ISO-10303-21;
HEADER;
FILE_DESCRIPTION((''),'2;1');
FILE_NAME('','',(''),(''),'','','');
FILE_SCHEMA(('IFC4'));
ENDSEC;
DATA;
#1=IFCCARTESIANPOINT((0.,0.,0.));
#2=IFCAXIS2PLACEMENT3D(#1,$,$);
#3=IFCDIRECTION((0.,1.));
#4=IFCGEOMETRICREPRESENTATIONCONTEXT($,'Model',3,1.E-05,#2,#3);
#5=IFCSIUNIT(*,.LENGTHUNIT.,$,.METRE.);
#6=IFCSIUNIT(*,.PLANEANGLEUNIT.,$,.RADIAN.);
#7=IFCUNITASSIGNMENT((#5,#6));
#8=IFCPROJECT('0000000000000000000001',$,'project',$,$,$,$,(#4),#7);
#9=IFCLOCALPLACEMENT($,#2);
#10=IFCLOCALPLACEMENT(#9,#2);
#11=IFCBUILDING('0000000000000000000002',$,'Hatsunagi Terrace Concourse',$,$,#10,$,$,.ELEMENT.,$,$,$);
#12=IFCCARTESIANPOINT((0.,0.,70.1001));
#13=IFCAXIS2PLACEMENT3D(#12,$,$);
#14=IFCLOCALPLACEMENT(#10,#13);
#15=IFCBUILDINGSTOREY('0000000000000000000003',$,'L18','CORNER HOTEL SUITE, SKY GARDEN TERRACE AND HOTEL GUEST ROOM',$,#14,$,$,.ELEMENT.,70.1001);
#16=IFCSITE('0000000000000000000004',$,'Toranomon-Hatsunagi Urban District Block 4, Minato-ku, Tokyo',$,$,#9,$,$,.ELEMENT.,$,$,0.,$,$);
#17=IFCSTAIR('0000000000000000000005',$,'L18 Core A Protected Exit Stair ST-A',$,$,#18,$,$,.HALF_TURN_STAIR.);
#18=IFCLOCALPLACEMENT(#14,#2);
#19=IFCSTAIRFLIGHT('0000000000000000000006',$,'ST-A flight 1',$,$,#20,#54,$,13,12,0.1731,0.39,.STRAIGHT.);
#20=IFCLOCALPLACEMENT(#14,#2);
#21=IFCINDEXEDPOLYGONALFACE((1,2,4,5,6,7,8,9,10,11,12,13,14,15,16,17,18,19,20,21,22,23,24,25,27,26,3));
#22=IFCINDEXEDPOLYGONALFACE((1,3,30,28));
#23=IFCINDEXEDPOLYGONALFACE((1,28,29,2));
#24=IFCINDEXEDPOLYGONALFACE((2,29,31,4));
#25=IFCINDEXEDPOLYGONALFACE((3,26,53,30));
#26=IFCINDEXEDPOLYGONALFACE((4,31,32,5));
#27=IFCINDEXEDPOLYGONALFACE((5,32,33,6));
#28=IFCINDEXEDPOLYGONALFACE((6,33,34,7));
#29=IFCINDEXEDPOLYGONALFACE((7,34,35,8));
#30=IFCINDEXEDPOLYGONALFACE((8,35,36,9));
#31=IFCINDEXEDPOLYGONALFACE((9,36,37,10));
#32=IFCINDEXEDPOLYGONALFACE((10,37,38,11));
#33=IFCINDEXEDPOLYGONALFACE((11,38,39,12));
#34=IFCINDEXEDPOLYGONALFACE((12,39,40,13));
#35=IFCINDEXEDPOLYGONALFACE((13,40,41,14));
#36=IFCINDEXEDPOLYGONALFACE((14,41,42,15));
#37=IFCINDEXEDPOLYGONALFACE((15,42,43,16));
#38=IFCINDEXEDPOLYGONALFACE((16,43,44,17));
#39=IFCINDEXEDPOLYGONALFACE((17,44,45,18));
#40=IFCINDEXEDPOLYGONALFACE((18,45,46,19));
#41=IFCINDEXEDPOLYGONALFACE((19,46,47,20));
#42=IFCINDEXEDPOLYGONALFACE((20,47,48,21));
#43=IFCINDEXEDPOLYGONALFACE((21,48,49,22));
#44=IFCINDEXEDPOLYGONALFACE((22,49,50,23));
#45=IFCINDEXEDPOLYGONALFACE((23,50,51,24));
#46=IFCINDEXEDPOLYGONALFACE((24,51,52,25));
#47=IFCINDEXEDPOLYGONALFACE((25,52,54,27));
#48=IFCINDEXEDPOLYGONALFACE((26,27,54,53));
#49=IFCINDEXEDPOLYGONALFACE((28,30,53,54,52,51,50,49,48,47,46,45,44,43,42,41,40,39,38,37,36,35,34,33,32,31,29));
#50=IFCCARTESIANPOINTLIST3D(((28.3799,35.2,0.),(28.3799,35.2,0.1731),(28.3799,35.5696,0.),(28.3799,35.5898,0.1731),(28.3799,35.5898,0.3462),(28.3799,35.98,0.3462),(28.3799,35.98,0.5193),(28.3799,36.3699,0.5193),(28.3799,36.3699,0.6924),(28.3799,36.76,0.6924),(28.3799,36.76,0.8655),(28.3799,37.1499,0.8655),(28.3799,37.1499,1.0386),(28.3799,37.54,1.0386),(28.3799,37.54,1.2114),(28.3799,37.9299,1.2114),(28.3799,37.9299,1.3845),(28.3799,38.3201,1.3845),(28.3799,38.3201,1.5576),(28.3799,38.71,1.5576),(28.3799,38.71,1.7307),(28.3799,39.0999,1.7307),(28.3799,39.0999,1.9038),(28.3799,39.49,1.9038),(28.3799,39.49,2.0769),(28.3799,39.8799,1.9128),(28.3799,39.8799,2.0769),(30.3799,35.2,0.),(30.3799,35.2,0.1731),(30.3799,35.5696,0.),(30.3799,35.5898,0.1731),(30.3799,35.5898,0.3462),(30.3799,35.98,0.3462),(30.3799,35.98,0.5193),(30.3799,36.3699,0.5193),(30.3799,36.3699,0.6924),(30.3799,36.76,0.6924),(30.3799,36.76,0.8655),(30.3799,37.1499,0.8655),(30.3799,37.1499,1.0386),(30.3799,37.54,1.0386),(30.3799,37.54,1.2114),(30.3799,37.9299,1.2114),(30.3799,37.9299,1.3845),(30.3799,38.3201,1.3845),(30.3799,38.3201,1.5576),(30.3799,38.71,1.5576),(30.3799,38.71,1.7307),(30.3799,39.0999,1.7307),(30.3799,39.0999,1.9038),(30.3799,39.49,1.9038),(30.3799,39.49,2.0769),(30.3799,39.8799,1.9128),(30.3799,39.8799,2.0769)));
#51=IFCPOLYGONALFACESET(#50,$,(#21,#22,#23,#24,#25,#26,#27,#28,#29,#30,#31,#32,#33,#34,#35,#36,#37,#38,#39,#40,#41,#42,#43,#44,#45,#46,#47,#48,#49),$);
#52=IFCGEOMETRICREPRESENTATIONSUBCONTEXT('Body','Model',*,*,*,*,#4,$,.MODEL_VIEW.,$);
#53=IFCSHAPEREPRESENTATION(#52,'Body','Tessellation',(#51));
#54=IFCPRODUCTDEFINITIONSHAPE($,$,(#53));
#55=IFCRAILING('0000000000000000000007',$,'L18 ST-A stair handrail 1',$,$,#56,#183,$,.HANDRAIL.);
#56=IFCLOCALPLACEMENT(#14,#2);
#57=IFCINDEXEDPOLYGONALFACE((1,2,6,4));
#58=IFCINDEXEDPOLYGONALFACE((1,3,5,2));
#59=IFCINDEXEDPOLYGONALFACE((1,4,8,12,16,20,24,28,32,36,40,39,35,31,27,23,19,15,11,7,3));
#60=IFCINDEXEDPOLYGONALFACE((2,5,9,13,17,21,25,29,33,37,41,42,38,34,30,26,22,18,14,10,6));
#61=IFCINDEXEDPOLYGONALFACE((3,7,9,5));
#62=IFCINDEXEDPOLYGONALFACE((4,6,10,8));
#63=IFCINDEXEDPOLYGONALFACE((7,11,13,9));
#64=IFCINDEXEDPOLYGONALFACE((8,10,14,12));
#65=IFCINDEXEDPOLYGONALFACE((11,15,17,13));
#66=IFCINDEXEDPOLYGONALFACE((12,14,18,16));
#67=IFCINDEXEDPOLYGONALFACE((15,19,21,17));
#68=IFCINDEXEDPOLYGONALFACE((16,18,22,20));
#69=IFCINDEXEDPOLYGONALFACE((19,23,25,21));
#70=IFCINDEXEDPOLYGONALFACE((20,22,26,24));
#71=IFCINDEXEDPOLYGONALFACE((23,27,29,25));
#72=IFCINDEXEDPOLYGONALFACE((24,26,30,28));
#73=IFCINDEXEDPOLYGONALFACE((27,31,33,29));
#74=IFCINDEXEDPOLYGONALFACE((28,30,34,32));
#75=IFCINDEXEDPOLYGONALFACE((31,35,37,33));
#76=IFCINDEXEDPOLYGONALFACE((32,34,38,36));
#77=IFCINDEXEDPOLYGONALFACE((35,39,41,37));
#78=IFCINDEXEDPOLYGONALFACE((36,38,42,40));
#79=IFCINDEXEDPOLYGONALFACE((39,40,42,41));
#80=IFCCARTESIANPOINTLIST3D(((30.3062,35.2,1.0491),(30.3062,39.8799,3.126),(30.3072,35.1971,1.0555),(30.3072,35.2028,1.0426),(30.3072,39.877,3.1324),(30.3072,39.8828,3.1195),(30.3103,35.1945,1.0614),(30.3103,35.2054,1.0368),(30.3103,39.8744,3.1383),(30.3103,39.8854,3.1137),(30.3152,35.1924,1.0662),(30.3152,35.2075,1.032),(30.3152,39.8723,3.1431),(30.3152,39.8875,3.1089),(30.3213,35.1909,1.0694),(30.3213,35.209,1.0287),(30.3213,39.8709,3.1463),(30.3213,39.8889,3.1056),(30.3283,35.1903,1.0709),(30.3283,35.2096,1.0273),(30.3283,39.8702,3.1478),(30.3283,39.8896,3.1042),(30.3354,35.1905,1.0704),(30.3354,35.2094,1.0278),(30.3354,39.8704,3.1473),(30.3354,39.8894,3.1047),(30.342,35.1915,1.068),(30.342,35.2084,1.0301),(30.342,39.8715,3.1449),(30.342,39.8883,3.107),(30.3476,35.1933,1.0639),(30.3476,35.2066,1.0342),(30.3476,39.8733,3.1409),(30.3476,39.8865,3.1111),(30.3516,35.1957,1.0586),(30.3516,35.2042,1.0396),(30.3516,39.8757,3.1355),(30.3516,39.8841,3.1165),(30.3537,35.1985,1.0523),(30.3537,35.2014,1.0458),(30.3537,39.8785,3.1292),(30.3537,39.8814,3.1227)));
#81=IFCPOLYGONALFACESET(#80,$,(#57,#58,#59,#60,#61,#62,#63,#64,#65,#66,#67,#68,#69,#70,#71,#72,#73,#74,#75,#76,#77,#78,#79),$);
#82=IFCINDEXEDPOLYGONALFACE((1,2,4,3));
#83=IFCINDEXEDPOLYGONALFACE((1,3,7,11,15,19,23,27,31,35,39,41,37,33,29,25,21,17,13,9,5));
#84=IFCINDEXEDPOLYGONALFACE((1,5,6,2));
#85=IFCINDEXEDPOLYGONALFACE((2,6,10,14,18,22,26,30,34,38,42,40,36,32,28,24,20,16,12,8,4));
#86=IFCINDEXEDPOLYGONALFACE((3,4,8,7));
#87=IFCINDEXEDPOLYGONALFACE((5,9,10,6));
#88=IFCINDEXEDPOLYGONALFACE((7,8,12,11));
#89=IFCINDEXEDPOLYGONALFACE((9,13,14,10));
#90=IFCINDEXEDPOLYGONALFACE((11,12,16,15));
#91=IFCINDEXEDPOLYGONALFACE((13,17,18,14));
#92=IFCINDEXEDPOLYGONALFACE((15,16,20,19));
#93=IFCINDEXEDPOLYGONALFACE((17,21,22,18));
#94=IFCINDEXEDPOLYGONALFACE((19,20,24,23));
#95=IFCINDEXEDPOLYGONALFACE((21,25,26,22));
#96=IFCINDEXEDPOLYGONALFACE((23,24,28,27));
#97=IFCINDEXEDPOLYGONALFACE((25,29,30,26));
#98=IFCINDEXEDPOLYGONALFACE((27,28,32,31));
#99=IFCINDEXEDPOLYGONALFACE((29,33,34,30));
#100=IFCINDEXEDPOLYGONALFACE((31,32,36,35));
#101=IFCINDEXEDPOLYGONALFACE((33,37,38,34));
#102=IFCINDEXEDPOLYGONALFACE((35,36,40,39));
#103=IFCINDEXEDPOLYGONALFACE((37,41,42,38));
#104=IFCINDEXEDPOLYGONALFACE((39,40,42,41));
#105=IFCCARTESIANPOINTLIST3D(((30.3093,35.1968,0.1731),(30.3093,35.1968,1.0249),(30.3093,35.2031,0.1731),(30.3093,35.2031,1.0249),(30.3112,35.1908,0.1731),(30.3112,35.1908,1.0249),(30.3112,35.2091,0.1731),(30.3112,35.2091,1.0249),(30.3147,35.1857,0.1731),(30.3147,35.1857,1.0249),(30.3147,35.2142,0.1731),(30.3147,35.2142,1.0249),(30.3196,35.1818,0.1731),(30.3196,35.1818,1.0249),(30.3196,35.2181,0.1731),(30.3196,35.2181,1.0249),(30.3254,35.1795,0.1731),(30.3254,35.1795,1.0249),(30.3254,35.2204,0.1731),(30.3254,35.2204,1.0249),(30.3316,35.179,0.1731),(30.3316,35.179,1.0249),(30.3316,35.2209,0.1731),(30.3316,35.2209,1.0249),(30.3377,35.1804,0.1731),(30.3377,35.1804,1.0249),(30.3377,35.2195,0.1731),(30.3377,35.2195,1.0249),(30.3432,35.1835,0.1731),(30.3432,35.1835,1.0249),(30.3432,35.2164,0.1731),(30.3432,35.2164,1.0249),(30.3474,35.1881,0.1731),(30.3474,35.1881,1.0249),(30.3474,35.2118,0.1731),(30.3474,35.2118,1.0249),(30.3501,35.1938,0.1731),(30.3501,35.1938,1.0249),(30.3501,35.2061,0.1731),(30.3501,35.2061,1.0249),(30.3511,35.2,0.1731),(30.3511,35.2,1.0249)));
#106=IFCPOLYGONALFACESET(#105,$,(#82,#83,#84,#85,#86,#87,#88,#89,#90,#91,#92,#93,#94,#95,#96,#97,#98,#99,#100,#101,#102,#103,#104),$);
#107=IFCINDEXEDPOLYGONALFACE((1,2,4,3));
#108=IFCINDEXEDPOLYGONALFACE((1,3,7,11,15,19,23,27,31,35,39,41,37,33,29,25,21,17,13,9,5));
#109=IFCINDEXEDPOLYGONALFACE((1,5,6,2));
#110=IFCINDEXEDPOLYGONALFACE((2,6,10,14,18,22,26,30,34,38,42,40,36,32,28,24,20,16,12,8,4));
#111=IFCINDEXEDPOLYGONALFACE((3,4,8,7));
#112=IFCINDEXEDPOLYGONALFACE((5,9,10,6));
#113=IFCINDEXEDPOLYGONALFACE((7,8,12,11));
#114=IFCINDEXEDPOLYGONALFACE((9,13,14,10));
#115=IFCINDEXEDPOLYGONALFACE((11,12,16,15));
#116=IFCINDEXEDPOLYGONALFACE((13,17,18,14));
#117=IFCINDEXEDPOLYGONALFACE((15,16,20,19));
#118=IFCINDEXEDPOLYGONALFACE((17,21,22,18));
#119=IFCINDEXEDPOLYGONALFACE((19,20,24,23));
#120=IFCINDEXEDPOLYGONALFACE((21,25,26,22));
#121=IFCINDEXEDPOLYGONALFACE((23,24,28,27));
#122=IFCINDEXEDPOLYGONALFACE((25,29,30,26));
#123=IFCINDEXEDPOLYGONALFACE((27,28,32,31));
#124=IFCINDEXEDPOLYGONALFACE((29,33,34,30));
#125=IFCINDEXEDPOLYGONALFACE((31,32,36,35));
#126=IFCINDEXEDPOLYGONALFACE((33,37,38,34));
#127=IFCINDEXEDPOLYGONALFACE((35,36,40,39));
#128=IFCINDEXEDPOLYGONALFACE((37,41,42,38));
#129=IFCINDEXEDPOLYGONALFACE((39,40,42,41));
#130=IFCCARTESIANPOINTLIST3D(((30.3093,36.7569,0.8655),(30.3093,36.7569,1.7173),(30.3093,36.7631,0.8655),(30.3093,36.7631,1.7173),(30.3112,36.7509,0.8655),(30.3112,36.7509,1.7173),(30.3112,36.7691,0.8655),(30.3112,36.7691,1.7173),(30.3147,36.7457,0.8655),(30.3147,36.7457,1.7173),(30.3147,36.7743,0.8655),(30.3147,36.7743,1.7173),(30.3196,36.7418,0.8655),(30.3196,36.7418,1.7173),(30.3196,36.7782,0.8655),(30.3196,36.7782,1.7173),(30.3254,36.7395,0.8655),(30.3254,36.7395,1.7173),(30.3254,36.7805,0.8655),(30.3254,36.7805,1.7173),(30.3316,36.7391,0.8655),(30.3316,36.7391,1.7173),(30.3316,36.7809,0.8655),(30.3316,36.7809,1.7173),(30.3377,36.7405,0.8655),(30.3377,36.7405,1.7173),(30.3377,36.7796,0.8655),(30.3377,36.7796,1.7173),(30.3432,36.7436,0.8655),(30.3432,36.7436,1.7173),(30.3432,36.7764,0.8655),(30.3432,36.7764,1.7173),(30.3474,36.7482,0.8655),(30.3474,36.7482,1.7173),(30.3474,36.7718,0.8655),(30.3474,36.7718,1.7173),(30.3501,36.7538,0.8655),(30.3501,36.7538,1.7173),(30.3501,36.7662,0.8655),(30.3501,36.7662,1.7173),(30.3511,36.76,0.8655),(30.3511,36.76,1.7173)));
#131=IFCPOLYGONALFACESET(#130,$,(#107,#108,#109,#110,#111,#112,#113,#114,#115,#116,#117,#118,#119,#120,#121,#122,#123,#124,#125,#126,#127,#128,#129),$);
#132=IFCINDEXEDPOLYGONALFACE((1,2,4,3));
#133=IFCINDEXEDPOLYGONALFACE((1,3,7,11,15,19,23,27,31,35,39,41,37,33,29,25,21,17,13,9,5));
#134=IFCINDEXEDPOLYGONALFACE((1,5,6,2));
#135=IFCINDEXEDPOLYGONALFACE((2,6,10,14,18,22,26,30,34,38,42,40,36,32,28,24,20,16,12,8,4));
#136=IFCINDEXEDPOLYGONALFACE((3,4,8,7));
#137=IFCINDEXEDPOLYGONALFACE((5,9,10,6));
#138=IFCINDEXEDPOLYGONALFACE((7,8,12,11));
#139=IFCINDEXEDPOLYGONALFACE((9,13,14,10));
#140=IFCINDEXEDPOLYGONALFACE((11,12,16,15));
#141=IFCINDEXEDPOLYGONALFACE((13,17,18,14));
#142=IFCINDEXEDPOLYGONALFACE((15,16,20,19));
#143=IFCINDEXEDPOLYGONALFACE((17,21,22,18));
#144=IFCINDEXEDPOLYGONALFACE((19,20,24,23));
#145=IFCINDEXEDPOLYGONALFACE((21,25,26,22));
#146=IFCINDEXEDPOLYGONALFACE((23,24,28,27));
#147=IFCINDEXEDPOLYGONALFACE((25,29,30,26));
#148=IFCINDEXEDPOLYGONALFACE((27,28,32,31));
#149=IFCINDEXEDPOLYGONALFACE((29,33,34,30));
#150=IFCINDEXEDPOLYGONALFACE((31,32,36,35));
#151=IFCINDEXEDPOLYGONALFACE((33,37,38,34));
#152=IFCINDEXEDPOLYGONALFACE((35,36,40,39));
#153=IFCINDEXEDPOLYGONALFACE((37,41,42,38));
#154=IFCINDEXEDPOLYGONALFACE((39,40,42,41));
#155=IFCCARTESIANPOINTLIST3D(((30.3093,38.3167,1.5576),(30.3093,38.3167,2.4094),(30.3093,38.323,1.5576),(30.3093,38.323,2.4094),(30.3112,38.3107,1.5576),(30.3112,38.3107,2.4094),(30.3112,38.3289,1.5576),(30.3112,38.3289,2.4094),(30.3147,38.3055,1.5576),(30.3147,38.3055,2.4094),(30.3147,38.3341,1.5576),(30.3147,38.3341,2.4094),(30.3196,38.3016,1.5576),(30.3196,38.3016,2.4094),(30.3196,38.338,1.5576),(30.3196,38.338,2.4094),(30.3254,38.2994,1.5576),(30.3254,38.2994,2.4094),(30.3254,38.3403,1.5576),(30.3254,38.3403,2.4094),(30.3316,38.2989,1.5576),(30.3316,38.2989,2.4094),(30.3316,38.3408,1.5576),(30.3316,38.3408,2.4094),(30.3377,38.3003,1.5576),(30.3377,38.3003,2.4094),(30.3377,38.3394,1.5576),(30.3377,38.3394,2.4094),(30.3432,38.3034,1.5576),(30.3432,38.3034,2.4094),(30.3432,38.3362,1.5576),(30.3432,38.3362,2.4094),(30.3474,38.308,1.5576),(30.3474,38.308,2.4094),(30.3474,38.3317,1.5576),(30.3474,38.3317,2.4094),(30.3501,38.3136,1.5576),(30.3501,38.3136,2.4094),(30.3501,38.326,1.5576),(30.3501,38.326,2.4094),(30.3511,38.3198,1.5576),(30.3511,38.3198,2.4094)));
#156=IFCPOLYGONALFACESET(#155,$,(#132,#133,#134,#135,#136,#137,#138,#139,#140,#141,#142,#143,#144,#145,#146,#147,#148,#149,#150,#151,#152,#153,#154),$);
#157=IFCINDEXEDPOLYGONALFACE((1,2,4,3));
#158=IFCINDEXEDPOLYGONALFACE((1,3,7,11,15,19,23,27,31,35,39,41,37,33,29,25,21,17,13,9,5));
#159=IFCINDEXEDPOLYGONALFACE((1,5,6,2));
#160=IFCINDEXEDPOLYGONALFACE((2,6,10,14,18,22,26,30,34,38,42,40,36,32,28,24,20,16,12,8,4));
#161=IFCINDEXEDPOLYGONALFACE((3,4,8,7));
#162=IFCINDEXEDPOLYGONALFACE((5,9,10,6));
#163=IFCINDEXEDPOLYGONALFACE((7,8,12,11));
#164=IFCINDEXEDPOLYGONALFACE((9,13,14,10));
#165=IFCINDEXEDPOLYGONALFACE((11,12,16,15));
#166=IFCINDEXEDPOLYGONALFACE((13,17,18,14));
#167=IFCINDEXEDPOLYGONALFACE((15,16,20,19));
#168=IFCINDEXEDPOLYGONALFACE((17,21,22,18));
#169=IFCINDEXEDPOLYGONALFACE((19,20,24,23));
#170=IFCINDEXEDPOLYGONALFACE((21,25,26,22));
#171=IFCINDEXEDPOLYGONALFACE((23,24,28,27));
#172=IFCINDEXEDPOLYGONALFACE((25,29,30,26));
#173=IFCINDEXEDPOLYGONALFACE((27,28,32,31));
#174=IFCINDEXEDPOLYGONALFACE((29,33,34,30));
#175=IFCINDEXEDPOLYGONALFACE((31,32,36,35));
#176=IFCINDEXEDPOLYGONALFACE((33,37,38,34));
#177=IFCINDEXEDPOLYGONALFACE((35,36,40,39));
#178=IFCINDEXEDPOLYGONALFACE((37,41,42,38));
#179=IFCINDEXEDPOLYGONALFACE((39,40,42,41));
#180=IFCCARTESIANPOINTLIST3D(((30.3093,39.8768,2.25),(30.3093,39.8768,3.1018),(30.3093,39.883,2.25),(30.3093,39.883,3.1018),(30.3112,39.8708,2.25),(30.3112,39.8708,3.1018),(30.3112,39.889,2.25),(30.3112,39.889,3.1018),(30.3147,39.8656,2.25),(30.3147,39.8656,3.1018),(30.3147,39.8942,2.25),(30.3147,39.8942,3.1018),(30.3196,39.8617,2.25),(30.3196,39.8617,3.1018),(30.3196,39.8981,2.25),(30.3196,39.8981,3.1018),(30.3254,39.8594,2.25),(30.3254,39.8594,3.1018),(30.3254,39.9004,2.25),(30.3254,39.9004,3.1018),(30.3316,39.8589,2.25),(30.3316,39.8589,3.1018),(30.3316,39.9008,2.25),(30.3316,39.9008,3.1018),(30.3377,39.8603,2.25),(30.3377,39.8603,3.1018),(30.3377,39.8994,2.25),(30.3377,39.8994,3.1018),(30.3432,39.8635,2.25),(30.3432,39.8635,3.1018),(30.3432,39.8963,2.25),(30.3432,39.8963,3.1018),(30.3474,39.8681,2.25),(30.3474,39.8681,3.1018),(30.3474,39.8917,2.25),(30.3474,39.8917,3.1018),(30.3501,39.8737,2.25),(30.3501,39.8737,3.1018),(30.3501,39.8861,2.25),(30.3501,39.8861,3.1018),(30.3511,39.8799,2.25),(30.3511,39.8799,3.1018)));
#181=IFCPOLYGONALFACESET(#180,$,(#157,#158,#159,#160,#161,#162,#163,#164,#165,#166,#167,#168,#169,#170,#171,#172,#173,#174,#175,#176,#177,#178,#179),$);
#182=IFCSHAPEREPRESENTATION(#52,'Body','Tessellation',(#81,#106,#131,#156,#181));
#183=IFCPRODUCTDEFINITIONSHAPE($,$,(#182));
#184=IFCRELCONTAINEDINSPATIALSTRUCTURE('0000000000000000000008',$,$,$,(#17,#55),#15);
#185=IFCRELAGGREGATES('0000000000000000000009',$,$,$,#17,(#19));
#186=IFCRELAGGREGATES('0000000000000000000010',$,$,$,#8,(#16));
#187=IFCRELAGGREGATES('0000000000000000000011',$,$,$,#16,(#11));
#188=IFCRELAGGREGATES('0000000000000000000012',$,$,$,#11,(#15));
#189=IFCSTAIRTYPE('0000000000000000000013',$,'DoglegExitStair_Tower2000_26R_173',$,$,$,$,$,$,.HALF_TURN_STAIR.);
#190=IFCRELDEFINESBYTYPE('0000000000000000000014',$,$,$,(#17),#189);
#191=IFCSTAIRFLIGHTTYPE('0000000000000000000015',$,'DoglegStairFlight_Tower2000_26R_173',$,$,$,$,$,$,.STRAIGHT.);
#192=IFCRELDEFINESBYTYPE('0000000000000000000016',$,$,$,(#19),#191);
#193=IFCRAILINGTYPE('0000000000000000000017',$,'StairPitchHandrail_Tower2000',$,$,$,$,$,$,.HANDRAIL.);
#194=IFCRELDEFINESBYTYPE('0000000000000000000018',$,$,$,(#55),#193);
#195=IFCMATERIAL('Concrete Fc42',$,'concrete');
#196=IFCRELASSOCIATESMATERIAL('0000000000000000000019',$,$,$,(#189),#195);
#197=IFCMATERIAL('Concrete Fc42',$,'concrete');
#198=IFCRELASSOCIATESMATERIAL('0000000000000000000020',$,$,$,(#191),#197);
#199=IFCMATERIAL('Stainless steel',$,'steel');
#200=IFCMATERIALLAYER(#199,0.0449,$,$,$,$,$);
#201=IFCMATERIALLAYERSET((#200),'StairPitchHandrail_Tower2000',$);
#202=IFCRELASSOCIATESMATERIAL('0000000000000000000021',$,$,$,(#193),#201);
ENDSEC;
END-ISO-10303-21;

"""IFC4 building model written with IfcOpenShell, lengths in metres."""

from ifc_helpers import new_model, si_unit, direction, frame, origin, origin_2d, place, context, subcontext, project, spatial, polyline, circle, outline, extrude, material, layer, layer_set, type_object, element, aggregate, save


model = new_model("IFC4")

# Units and contexts
model_context = context("Model", 3, precision=1e-05, world=origin(), true_north=direction((0.0, 1.0)))
body_context = subcontext(model_context, "Body", "Model", "MODEL_VIEW")
ifc_project = project(units=[si_unit("LENGTHUNIT", "METRE"), si_unit("PLANEANGLEUNIT", "RADIAN")], contexts=[model_context])

# Site, building, storey
site_placement = place(None, origin())
site = spatial("IfcSite", under=ifc_project, at=site_placement, Name="Toranomon-Hatsunagi Urban District Block 4, Minato-ku, Tokyo", CompositionType="ELEMENT", RefElevation=0.0)
building_placement = place(site_placement, origin())
building = spatial("IfcBuilding", under=site, at=building_placement, Name="Hatsunagi Terrace Concourse", CompositionType="ELEMENT")
storey_placement = place(building_placement, frame((0.0, 0.0, 70.1001)))
storey = spatial("IfcBuildingStorey", under=building, at=storey_placement, Name="L18", Description="CORNER HOTEL SUITE, SKY GARDEN TERRACE AND HOTEL GUEST ROOM", CompositionType="ELEMENT", Elevation=70.1001)

# Stair, stair flight
ifc_material_1 = material(Name="Concrete Fc42", Category="concrete")
stair_type = type_object("IfcStairType", Name="DoglegExitStair_Tower2000_26R_173", PredefinedType="HALF_TURN_STAIR", material=ifc_material_1)
stair_placement = place(storey_placement, origin())
stair = element("IfcStair", 1, at=stair_placement, inside=storey, type_object=stair_type, Name="L18 Core A Protected Exit Stair ST-A", PredefinedType="HALF_TURN_STAIR")
ifc_material_2 = material(Name="Concrete Fc42", Category="concrete")
stair_flight_type = type_object("IfcStairFlightType", Name="DoglegStairFlight_Tower2000_26R_173", PredefinedType="STRAIGHT", material=ifc_material_2)
stair_flight_placement = place(storey_placement, frame((29.3799, 35.2, 0.0), z_axis=(0.0, 0.0, 1.0), x_axis=(0.0, 1.0, 0.0)))
stair_flight = element("IfcStairFlight", 2, at=stair_flight_placement, type_object=stair_flight_type, Name="ST-A flight 1", NumberOfRisers=13, NumberOfTreads=12, PredefinedType="STRAIGHT", RiserHeight=0.1731, TreadLength=0.39, context=body_context, shape_type="SweptSolid", body=[
    extrude(outline(polyline([(0.0, 0.0), (0.0, 0.1731), (0.3899, 0.1731), (0.3899, 0.3462), (0.78, 0.3462), (0.78, 0.5193), (1.1699, 0.5193), (1.1699, 0.6924), (1.5601, 0.6924), (1.5601, 0.8655), (1.95, 0.8655), (1.95, 1.0386), (2.3401, 1.0386), (2.3401, 1.2114), (2.73, 1.2114), (2.73, 1.3845), (3.1201, 1.3845), (3.1201, 1.5576), (3.51, 1.5576), (3.51, 1.7307), (3.8999, 1.7307), (3.8999, 1.9038), (4.29, 1.9038), (4.29, 2.0769), (4.6799, 2.0769), (4.6799, 2.25), (4.6799, 1.9128), (0.3696, 0.0), (0.0, 0.0)])), frame((0.0, 1.0, 0.0), z_axis=(0.0, -1.0, 0.0), x_axis=(1.0, 0.0, 0.0)), (0.0, 0.0, 1.0), 2.0),
])
aggregate(stair, [stair_flight])

# Railing
ifc_material_3 = material(Name="Stainless steel", Category="steel")
ifc_layer_1 = layer(ifc_material_3, 0.0449)
ifc_layer_set_1 = layer_set([ifc_layer_1], Name="StairPitchHandrail_Tower2000")
railing_type_1 = type_object("IfcRailingType", Name="StairPitchHandrail_Tower2000", PredefinedType="HANDRAIL", material=ifc_layer_set_1)
railing_1_placement = place(storey_placement, frame((30.3301, 35.2, 0.1731)))
element("IfcRailing", 3, at=railing_1_placement, inside=storey, type_object=railing_type_1, Name="L18 ST-A stair handrail 1", PredefinedType="HANDRAIL", context=body_context, shape_type="SweptSolid", body=[
    extrude(circle(Radius=0.0239, at=origin_2d()), frame((0.0, 0.0, 0.876), z_axis=(0.0, 0.914034, 0.405638), x_axis=(-1.0, 0.0, 0.0)), (0.0, 0.0, 1.0), 5.1201),
    extrude(circle(Radius=0.021, at=origin_2d()), origin(), (0.0, 0.0, 1.0), 0.8518),
    extrude(circle(Radius=0.021, at=origin_2d()), frame((0.0, 1.5601, 0.6924)), (0.0, 0.0, 1.0), 0.8518),
    extrude(circle(Radius=0.021, at=origin_2d()), frame((0.0, 3.1199, 1.3845)), (0.0, 0.0, 1.0), 0.8518),
    extrude(circle(Radius=0.021, at=origin_2d()), frame((0.0, 4.6799, 2.0769)), (0.0, 0.0, 1.0), 0.8518),
])

save(model, "model.ifc")
